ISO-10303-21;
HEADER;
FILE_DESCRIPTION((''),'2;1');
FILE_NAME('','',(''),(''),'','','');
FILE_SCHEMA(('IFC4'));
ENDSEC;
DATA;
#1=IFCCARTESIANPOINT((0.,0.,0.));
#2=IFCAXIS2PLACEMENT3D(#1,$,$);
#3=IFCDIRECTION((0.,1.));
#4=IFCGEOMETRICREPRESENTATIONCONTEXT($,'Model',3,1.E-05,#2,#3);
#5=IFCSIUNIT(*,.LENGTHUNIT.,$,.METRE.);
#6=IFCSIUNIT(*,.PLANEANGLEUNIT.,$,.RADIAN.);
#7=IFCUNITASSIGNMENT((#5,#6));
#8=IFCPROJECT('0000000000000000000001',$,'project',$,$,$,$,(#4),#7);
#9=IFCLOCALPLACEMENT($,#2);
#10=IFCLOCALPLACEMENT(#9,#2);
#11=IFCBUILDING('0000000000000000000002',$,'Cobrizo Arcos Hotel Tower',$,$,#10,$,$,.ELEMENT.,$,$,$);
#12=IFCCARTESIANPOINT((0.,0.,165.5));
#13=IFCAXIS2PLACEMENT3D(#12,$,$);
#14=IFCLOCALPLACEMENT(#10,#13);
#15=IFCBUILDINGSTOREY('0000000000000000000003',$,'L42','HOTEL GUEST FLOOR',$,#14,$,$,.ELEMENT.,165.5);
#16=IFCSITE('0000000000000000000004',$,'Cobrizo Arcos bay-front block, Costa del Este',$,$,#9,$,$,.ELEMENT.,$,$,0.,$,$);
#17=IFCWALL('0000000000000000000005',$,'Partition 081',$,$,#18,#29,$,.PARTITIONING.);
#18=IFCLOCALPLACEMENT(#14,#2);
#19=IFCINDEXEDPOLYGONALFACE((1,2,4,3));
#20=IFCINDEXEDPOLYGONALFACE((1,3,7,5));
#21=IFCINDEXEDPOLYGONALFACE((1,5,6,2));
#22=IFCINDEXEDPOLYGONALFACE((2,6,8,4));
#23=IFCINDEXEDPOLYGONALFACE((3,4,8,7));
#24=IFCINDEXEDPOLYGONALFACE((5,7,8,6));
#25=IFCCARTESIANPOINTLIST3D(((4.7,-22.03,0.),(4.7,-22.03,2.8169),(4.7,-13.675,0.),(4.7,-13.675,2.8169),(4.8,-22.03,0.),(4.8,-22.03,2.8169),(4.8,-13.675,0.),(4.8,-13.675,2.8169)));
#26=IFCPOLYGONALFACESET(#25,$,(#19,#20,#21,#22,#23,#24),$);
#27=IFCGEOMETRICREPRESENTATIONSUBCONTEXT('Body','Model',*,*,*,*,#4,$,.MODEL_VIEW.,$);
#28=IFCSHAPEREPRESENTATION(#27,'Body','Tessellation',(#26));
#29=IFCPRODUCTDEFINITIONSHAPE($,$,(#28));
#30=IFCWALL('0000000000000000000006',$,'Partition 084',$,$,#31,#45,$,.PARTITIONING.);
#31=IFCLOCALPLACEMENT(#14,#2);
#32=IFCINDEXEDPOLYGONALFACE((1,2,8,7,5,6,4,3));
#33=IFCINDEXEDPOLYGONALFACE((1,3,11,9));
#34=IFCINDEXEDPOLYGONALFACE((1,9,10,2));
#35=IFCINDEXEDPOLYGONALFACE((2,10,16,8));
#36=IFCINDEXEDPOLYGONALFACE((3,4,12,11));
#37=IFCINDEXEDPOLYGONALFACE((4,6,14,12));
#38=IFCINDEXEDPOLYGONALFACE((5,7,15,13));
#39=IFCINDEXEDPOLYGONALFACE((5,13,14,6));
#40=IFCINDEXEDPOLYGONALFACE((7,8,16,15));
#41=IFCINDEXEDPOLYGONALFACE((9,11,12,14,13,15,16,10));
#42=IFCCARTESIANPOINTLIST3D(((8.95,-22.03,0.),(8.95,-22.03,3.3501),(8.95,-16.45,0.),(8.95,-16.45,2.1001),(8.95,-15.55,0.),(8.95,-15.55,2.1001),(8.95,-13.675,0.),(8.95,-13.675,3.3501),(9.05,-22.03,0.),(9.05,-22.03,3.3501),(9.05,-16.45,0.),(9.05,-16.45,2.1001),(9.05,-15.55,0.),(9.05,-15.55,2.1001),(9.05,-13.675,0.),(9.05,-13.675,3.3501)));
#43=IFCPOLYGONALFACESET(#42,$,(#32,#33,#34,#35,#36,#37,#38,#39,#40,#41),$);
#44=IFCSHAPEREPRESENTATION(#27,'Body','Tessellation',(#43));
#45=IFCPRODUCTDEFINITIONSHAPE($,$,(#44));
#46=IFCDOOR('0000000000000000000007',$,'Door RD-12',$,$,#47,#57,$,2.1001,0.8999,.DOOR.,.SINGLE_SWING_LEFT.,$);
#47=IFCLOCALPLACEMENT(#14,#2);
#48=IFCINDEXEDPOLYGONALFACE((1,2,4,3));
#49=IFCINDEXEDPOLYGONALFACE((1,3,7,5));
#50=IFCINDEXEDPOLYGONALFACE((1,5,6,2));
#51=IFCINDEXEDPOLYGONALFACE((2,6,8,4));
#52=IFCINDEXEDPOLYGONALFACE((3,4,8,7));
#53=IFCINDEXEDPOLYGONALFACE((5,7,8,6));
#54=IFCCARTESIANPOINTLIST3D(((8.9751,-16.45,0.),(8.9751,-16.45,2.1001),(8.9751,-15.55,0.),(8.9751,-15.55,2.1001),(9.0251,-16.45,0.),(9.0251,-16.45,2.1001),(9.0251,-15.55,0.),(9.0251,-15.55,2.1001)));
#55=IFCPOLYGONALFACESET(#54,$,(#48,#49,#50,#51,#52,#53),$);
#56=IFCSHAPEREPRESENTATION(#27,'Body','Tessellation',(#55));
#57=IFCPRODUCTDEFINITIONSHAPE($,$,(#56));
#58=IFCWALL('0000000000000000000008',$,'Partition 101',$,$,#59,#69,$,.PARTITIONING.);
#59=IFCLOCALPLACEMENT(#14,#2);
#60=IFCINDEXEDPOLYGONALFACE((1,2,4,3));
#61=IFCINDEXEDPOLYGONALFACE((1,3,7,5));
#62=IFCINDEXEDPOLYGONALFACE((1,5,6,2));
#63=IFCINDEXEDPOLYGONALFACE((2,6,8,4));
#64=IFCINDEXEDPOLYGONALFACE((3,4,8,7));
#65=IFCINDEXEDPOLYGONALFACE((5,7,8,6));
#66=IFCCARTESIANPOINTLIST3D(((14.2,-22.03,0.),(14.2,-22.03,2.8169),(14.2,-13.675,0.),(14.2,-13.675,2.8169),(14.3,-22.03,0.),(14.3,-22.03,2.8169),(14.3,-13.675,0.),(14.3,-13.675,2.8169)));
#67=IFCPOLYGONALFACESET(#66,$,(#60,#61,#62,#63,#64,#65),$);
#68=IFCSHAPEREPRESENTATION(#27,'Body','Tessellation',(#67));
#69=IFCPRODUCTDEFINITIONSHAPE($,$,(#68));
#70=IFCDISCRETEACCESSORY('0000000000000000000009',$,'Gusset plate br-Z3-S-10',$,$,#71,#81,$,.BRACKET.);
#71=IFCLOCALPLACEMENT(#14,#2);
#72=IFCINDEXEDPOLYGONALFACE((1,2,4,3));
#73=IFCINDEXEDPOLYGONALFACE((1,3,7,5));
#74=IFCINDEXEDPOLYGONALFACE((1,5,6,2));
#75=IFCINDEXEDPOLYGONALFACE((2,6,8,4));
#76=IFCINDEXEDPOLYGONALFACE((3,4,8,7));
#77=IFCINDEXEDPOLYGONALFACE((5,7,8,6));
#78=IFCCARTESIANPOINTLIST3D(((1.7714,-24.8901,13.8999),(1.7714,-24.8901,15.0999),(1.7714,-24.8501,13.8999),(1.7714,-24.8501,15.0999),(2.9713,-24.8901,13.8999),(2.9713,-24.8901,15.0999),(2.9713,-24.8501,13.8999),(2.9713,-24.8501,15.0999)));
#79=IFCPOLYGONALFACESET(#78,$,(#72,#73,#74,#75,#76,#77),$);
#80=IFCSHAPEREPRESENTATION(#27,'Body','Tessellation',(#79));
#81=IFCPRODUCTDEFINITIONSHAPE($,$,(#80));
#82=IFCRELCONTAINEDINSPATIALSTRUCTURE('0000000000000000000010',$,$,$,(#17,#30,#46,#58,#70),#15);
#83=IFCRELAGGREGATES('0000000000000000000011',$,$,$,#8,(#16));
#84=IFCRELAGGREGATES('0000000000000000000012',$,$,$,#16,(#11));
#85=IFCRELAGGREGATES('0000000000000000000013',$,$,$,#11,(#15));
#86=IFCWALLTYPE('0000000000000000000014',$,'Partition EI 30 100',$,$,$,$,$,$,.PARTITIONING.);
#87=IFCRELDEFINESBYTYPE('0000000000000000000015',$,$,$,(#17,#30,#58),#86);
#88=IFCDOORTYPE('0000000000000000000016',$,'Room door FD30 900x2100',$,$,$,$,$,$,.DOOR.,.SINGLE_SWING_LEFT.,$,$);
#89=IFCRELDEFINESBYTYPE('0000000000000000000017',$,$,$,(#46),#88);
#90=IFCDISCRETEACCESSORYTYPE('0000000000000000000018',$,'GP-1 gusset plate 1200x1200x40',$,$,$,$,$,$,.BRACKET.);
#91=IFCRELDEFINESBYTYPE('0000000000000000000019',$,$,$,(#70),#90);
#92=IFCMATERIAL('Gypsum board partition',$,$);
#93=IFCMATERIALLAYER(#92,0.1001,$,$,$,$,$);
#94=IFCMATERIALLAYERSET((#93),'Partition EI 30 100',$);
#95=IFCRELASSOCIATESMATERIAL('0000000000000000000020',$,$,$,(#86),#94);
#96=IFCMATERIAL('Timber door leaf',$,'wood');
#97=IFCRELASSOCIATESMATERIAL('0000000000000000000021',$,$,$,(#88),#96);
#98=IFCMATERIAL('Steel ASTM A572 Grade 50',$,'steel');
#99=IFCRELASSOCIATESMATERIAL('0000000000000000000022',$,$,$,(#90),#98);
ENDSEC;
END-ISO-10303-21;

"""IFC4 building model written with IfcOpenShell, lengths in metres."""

from ifc_helpers import new_model, si_unit, direction, frame, frame_2d, origin, origin_2d, place, context, subcontext, project, spatial, rectangle, extrude, material, layer, layer_set, type_object, element, fill, save


model = new_model("IFC4")

# Units and contexts
model_context = context("Model", 3, precision=1e-05, world=origin(), true_north=direction((0.0, 1.0)))
body_context = subcontext(model_context, "Body", "Model", "MODEL_VIEW")
ifc_project = project(units=[si_unit("LENGTHUNIT", "METRE"), si_unit("PLANEANGLEUNIT", "RADIAN")], contexts=[model_context])

# Site, building, storey
site_placement = place(None, origin())
site = spatial("IfcSite", under=ifc_project, at=site_placement, Name="Cobrizo Arcos bay-front block, Costa del Este", CompositionType="ELEMENT", RefElevation=0.0)
building_placement = place(site_placement, origin())
building = spatial("IfcBuilding", under=site, at=building_placement, Name="Cobrizo Arcos Hotel Tower", CompositionType="ELEMENT")
storey_placement = place(building_placement, frame((0.0, 0.0, 165.5)))
storey = spatial("IfcBuildingStorey", under=building, at=storey_placement, Name="L42", Description="HOTEL GUEST FLOOR", CompositionType="ELEMENT", Elevation=165.5)

# Shared definitions
ifc_material_1 = material(Name="Steel ASTM A572 Grade 50", Category="steel")

# Shared definitions
ifc_material_2 = material(Name="Gypsum board partition")
ifc_layer_1 = layer(ifc_material_2, 0.1001)
ifc_layer_set_1 = layer_set([ifc_layer_1], Name="Partition EI 30 100")
wall_type = type_object("IfcWallType", Name="Partition EI 30 100", PredefinedType="PARTITIONING", material=ifc_layer_set_1)
ifc_material_3 = material(Name="Timber door leaf", Category="wood")

# Wall
wall_1_placement = place(storey_placement, frame((4.75, -22.03, 0.0), z_axis=(0.0, 0.0, 1.0), x_axis=(0.0, 1.0, 0.0)))
element("IfcWall", 1, at=wall_1_placement, inside=storey, type_object=wall_type, Name="Partition 081", PredefinedType="PARTITIONING", context=body_context, shape_type="SweptSolid", body=[
    extrude(rectangle(XDim=8.355, YDim=0.1001, at=frame_2d((4.1775, 0.0))), origin(), (0.0, 0.0, 1.0), 2.8169),
])

# Wall, opening, door
wall_2_placement = place(storey_placement, frame((9.0, -22.03, 0.0), z_axis=(0.0, 0.0, 1.0), x_axis=(0.0, 1.0, 0.0)))
wall_2 = element("IfcWall", 2, at=wall_2_placement, inside=storey, type_object=wall_type, Name="Partition 084", PredefinedType="PARTITIONING", context=body_context, shape_type="SweptSolid", body=[
    extrude(rectangle(XDim=8.355, YDim=0.1001, at=frame_2d((4.1775, 0.0))), origin(), (0.0, 0.0, 1.0), 3.3501),
])
opening_1_placement = place(wall_2_placement, frame((5.5801, 0.0, 0.0)))
opening_1 = element("IfcOpeningElement", 3, at=opening_1_placement, cuts=wall_2, PredefinedType="OPENING", context=body_context, shape_type="SweptSolid", body=[
    extrude(rectangle(XDim=0.8999, YDim=2.1001, at=frame_2d((0.45, 1.05))), frame((0.0, 0.062, 0.0), z_axis=(0.0, -1.0, 0.0), x_axis=(1.0, 0.0, 0.0)), (0.0, 0.0, 1.0), 0.124),
])
door_type_1 = type_object("IfcDoorType", Name="Room door FD30 900x2100", OperationType="SINGLE_SWING_LEFT", PredefinedType="DOOR", material=ifc_material_3)
door_1_placement = place(opening_1_placement, origin())
door_1 = element("IfcDoor", 4, at=door_1_placement, inside=storey, type_object=door_type_1, Name="Door RD-12", OperationType="SINGLE_SWING_LEFT", OverallHeight=2.1001, OverallWidth=0.8999, PredefinedType="DOOR", context=body_context, shape_type="SweptSolid", body=[
    extrude(rectangle(XDim=0.8999, YDim=2.1001, at=frame_2d((0.45, 1.05))), frame((0.0, 0.0249, 0.0), z_axis=(0.0, -1.0, 0.0), x_axis=(1.0, 0.0, 0.0)), (0.0, 0.0, 1.0), 0.05),
])
fill(opening_1, door_1)

# Wall
wall_3_placement = place(storey_placement, frame((14.25, -22.03, 0.0), z_axis=(0.0, 0.0, 1.0), x_axis=(0.0, 1.0, 0.0)))
element("IfcWall", 5, at=wall_3_placement, inside=storey, type_object=wall_type, Name="Partition 101", PredefinedType="PARTITIONING", context=body_context, shape_type="SweptSolid", body=[
    extrude(rectangle(XDim=8.355, YDim=0.1001, at=frame_2d((4.1775, 0.0))), origin(), (0.0, 0.0, 1.0), 2.8169),
])

# Discrete accessory
discrete_accessory_type = type_object("IfcDiscreteAccessoryType", Name="GP-1 gusset plate 1200x1200x40", PredefinedType="BRACKET", material=ifc_material_1)
discrete_accessory_placement = place(storey_placement, frame((2.3713, -24.8701, 13.8999), z_axis=(0.0, 0.0, 1.0), x_axis=(1.0, 0.0, 0.0)))
element("IfcDiscreteAccessory", 6, at=discrete_accessory_placement, inside=storey, type_object=discrete_accessory_type, Name="Gusset plate br-Z3-S-10", PredefinedType="BRACKET", context=body_context, shape_type="SweptSolid", body=[
    extrude(rectangle(XDim=1.2, YDim=0.04, at=origin_2d()), origin(), (0.0, 0.0, 1.0), 1.2),
])

save(model, "model.ifc")
